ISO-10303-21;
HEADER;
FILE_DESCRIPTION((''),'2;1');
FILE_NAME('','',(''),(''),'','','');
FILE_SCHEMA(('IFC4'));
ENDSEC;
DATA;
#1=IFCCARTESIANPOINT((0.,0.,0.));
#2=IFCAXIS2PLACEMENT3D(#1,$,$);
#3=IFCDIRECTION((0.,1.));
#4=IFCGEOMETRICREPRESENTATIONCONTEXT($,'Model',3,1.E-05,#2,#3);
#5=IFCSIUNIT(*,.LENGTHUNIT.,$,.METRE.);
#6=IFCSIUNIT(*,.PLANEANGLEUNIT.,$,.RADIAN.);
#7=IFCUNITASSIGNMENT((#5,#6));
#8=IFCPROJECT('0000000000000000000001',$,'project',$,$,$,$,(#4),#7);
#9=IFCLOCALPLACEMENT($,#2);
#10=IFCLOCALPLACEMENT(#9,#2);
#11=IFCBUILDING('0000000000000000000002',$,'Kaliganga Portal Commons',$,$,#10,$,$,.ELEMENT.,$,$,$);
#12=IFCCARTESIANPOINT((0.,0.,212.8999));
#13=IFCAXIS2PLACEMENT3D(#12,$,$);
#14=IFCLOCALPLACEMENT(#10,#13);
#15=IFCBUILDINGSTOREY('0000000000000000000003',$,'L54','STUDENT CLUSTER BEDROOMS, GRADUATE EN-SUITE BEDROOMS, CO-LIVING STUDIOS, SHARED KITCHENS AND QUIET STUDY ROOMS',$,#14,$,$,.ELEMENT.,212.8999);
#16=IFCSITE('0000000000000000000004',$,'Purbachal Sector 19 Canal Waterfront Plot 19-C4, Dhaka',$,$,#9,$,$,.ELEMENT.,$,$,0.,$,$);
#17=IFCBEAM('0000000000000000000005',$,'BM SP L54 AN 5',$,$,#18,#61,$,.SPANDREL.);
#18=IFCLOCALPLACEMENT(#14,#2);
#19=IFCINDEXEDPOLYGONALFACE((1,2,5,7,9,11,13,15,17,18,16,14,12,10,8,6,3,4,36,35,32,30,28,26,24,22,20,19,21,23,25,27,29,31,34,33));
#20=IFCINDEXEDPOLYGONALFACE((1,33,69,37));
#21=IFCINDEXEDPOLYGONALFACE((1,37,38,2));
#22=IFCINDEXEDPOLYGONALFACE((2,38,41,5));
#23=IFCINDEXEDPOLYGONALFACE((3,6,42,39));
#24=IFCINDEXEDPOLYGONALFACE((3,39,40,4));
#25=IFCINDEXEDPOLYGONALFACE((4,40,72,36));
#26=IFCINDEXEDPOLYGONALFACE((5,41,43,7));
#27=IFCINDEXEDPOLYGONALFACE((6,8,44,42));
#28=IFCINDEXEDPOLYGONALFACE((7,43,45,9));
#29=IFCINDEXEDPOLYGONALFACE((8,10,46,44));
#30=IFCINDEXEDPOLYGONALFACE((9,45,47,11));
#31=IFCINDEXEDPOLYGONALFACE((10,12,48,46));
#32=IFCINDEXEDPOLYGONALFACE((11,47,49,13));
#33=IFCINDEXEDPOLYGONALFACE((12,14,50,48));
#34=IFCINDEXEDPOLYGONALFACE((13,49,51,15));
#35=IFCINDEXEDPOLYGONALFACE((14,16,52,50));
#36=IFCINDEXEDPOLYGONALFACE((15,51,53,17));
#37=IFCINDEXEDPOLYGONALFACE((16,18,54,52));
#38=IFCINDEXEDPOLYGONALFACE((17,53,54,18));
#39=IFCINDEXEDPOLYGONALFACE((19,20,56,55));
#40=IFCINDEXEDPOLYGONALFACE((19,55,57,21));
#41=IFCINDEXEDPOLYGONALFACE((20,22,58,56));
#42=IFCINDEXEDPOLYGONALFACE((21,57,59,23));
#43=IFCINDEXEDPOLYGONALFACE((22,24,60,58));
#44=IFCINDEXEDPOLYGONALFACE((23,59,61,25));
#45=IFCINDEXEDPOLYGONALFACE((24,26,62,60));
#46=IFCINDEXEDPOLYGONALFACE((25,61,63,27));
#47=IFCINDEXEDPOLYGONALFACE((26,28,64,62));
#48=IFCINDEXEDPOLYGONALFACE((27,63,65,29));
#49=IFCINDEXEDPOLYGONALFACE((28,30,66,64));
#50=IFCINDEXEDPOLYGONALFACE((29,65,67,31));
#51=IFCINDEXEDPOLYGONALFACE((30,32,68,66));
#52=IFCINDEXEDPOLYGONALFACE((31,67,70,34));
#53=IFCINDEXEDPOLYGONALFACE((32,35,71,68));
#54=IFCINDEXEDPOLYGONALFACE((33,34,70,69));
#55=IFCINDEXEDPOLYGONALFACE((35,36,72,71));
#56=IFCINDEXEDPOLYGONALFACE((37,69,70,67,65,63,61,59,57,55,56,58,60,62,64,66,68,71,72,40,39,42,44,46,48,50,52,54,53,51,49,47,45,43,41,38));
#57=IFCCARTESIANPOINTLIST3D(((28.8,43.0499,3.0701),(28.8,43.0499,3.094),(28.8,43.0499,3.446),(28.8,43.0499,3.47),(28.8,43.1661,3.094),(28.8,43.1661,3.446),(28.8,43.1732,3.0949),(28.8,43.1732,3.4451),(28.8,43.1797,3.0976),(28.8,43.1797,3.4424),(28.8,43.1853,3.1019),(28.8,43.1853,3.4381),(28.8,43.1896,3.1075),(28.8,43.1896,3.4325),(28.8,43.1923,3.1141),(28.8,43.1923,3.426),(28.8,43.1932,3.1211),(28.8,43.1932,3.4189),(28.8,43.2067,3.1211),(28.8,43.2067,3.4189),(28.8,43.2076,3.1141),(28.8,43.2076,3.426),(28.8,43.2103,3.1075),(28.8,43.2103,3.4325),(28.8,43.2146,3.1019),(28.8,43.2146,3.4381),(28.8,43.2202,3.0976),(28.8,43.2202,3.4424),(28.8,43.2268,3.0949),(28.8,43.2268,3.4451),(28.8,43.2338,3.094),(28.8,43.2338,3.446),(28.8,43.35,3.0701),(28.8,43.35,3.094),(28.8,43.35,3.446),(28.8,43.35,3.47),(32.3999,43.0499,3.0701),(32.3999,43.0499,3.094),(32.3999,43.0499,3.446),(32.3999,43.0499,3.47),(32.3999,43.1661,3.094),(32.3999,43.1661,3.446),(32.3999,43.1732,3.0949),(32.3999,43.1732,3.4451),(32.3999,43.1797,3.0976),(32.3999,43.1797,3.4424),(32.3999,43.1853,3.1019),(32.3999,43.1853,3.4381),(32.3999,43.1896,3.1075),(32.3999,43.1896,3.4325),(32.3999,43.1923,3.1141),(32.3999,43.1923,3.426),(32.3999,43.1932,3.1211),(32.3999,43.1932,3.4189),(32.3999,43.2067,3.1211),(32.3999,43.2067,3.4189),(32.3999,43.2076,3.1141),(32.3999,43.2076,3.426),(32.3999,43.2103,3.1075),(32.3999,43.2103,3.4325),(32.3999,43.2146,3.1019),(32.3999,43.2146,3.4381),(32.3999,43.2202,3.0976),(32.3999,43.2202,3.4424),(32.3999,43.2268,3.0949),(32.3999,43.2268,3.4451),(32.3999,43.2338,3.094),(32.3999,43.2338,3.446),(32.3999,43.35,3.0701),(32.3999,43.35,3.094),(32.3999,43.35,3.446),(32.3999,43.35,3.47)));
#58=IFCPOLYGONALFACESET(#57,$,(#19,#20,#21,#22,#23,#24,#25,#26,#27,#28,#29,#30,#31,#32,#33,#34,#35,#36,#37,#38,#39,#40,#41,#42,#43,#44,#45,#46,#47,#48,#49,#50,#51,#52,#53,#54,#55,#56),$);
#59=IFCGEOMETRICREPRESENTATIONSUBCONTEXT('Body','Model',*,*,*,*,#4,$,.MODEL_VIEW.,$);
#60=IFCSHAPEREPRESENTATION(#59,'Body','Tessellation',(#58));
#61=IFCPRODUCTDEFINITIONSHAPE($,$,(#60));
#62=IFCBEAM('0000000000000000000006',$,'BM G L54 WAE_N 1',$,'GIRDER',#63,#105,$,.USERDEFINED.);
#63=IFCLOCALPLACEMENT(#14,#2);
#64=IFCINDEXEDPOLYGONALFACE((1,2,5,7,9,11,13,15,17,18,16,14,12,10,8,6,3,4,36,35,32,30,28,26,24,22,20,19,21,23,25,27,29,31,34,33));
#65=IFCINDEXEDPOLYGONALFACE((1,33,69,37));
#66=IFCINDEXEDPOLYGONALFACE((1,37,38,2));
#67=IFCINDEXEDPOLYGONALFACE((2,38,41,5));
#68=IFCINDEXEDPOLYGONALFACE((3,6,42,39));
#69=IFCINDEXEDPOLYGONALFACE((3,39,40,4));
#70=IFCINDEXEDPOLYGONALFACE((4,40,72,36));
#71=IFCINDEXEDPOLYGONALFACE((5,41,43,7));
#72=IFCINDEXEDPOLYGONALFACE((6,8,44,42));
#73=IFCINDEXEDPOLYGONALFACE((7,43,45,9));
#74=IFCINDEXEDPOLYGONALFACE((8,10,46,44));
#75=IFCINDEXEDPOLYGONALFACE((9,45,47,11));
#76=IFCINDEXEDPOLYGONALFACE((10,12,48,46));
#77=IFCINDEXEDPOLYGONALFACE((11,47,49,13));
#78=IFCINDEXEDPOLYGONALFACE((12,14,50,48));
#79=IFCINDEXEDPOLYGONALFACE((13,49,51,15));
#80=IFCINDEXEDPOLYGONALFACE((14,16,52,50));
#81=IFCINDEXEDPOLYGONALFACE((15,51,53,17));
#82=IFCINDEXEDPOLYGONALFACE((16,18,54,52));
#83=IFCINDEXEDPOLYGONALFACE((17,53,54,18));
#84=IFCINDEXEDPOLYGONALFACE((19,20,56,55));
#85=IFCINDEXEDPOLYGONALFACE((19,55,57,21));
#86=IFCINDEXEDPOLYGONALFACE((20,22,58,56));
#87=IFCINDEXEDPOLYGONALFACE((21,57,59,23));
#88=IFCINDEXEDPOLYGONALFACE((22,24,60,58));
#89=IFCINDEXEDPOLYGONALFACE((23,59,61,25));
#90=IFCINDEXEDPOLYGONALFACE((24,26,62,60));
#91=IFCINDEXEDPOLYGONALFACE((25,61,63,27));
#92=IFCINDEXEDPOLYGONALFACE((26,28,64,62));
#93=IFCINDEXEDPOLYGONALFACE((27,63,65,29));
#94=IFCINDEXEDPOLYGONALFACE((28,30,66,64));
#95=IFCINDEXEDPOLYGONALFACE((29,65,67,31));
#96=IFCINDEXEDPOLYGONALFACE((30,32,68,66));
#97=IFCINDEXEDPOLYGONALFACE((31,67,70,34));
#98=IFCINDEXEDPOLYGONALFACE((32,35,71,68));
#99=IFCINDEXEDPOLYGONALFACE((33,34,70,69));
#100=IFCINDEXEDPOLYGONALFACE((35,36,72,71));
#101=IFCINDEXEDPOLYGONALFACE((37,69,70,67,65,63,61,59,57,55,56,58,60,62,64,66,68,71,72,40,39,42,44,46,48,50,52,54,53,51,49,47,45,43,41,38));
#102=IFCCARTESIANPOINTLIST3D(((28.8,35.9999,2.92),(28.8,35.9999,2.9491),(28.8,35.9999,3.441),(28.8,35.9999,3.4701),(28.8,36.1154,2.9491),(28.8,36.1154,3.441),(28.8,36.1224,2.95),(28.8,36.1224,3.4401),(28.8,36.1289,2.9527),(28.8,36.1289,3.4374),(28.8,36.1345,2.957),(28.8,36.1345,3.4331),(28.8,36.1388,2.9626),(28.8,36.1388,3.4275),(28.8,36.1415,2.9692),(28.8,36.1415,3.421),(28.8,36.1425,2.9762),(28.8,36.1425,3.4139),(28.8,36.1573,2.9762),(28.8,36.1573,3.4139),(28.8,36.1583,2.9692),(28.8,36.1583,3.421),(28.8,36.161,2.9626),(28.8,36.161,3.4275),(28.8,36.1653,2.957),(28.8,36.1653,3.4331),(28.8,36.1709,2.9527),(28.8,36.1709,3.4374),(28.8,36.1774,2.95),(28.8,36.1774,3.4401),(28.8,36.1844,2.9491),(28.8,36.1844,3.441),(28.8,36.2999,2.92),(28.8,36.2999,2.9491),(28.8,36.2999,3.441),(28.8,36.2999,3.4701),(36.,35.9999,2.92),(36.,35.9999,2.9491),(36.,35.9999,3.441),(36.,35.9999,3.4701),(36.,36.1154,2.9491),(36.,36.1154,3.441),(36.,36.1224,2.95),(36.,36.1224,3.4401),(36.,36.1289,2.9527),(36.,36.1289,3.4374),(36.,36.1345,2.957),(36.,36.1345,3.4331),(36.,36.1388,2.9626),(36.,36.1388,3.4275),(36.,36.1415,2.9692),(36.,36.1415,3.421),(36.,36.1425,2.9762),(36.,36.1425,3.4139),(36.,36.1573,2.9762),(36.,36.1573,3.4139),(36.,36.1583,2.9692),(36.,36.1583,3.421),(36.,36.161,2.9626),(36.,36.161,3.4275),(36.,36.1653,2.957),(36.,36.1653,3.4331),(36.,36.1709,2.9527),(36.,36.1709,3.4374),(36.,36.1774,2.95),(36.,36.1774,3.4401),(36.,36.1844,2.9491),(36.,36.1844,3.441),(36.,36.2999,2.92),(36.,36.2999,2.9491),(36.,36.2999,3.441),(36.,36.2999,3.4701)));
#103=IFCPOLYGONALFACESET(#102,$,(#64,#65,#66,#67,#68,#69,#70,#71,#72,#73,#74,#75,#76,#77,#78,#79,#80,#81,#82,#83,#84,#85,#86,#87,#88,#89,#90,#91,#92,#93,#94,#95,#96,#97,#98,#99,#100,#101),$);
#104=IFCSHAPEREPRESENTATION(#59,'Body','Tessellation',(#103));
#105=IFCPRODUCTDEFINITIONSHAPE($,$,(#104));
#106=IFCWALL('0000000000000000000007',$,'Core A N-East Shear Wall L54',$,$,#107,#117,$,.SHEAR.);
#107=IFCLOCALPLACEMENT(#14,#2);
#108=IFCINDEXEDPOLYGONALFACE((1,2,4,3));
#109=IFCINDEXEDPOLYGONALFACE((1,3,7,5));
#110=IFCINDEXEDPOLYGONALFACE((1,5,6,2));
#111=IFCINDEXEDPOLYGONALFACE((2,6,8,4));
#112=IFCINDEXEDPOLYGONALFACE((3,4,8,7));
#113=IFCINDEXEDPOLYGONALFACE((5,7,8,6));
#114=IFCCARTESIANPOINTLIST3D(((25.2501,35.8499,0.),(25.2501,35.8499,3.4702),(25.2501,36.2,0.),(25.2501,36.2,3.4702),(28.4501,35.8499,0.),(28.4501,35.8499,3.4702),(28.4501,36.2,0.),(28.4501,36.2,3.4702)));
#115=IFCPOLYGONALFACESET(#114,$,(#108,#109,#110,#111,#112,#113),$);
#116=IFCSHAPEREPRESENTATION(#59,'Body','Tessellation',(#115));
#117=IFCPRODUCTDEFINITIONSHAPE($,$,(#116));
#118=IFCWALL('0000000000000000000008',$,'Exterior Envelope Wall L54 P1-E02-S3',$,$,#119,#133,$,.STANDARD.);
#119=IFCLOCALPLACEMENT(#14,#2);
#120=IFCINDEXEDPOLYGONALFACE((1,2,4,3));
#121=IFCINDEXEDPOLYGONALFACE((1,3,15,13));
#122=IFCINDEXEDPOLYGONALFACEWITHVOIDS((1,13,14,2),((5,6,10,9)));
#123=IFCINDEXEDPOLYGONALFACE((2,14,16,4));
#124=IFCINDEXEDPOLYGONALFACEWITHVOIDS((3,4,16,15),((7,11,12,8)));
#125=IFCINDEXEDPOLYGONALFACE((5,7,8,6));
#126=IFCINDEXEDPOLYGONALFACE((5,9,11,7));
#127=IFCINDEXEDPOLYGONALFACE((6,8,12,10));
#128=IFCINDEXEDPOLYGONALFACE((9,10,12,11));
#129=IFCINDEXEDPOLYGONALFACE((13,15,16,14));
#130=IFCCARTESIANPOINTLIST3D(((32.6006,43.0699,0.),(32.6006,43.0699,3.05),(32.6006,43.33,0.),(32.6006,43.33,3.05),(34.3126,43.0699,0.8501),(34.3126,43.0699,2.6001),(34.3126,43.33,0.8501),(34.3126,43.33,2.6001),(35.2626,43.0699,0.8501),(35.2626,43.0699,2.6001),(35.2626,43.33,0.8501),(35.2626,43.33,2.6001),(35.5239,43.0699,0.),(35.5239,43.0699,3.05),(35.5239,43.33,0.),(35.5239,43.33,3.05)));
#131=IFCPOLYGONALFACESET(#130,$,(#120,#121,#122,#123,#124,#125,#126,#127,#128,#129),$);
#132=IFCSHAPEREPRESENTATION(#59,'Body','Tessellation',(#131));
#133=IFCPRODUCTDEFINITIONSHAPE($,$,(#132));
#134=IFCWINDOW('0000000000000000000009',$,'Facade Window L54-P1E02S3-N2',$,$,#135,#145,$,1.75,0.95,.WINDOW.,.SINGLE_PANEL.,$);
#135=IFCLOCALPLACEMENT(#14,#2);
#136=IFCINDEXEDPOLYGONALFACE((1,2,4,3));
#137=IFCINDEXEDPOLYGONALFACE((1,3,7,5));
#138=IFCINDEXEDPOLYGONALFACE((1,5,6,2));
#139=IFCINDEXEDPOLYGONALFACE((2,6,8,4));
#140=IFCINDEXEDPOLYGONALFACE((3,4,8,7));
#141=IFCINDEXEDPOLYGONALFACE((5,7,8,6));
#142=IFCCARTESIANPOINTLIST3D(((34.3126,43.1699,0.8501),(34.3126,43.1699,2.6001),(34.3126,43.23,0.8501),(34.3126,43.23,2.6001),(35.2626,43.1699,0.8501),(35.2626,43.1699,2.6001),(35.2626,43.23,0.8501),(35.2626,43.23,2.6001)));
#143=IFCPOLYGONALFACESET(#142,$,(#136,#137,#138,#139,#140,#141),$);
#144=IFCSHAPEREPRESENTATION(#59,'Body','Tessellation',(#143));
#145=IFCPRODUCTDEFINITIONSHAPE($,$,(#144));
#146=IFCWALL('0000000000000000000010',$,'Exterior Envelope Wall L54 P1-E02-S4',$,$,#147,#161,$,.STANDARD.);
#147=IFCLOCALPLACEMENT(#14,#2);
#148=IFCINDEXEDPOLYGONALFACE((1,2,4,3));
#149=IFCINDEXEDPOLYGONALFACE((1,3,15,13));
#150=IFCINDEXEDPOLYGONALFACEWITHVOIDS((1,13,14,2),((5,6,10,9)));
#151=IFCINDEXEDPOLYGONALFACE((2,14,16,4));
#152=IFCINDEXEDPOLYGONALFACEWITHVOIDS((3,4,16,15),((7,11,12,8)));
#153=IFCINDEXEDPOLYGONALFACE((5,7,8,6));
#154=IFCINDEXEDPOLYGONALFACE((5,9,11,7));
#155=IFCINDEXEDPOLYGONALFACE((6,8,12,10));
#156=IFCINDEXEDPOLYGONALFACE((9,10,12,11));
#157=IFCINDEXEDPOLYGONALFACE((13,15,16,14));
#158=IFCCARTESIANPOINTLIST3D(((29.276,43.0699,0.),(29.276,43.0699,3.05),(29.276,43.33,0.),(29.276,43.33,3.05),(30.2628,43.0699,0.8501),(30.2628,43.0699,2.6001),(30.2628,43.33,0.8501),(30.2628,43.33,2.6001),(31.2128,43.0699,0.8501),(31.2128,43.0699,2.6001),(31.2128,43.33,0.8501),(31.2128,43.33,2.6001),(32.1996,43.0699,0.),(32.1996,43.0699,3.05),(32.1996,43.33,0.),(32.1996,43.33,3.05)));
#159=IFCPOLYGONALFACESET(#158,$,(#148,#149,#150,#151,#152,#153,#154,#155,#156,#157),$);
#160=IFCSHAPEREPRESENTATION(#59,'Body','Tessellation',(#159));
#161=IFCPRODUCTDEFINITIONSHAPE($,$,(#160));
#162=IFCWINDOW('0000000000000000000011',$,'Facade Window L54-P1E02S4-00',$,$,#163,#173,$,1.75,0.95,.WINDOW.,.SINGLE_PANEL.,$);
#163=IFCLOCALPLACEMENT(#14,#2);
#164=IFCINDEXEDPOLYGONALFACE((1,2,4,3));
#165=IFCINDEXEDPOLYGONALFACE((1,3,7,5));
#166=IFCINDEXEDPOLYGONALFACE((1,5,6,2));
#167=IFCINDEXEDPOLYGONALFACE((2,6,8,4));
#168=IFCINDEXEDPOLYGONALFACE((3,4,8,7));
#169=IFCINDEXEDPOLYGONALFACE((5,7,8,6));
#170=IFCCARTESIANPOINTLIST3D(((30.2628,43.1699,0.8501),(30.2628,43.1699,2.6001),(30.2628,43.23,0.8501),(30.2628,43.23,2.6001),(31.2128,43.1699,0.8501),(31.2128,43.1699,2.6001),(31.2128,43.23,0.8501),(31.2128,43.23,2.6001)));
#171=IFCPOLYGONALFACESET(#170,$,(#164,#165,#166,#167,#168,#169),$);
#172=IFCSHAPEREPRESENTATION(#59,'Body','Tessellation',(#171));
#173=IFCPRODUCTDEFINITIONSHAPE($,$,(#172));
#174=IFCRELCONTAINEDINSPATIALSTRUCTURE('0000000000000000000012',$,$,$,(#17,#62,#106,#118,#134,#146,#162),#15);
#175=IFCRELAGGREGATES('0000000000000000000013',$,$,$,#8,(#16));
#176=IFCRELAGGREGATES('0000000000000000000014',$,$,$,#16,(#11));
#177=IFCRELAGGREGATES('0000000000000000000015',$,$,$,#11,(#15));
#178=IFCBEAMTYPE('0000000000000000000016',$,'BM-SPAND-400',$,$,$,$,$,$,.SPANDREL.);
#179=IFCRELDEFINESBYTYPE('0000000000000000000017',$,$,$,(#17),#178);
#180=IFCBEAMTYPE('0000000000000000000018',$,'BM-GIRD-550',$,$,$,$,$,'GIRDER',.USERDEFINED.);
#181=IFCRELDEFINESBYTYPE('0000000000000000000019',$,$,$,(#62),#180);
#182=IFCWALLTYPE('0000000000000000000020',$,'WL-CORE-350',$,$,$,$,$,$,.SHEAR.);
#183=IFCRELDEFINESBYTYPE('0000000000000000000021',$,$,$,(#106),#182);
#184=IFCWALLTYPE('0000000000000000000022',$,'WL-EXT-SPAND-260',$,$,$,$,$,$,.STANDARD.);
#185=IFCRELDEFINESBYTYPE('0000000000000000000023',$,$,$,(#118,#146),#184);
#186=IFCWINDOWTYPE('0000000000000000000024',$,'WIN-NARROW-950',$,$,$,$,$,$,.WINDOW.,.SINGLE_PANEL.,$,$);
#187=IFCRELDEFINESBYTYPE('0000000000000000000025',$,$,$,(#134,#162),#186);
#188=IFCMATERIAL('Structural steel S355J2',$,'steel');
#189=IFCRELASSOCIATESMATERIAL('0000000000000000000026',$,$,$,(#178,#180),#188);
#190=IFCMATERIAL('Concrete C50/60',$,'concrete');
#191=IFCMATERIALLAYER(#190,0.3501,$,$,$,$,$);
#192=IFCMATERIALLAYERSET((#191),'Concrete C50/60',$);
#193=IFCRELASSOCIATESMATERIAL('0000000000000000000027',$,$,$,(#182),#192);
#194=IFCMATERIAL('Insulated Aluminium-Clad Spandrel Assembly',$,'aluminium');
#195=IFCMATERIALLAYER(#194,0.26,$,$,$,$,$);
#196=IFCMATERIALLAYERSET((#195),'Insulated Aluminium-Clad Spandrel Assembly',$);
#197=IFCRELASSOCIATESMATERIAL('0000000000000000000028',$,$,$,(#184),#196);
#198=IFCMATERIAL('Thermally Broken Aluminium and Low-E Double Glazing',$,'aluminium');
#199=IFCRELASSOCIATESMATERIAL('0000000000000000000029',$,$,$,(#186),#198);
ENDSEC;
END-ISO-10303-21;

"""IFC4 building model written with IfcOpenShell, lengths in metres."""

from ifc_helpers import new_model, si_unit, direction, frame, frame_2d, origin, origin_2d, place, context, subcontext, project, spatial, rectangle, i_section, extrude, source, transform, mapped, material, layer, layer_set, material_profile, profile_set, type_object, element, fill, save


model = new_model("IFC4")

# Units and contexts
model_context = context("Model", 3, precision=1e-05, world=origin(), true_north=direction((0.0, 1.0)))
body_context = subcontext(model_context, "Body", "Model", "MODEL_VIEW")
ifc_project = project(units=[si_unit("LENGTHUNIT", "METRE"), si_unit("PLANEANGLEUNIT", "RADIAN")], contexts=[model_context])

# Site, building, storey
site_placement = place(None, origin())
site = spatial("IfcSite", under=ifc_project, at=site_placement, Name="Purbachal Sector 19 Canal Waterfront Plot 19-C4, Dhaka", CompositionType="ELEMENT", RefElevation=0.0)
building_placement = place(site_placement, origin())
building = spatial("IfcBuilding", under=site, at=building_placement, Name="Kaliganga Portal Commons", CompositionType="ELEMENT")
storey_placement = place(building_placement, frame((0.0, 0.0, 212.8999)))
storey = spatial("IfcBuildingStorey", under=building, at=storey_placement, Name="L54", Description="STUDENT CLUSTER BEDROOMS, GRADUATE EN-SUITE BEDROOMS, CO-LIVING STUDIOS, SHARED KITCHENS AND QUIET STUDY ROOMS", CompositionType="ELEMENT", Elevation=212.8999)

# Shared definitions
ifc_material_1 = material(Name="Concrete C50/60", Category="concrete")
ifc_material_2 = material(Name="Structural steel S355J2", Category="steel")

# Beams
ifc_material_profile_1 = material_profile(ifc_material_2, i_section(OverallWidth=0.3, OverallDepth=0.3999, WebThickness=0.0134, FlangeThickness=0.0239, FilletRadius=0.0271, at=origin_2d()), Name="HE 400 B")
ifc_profile_set_1 = profile_set([ifc_material_profile_1], Name="Structural steel S355J2 wide-flange")
beam_type_1 = type_object("IfcBeamType", Name="BM-SPAND-400", PredefinedType="SPANDREL", material=ifc_profile_set_1)
shared_shape_1 = source(origin(), body_context, "Body", "SweptSolid", [
    extrude(i_section(OverallWidth=0.3, OverallDepth=0.3999, WebThickness=0.0134, FlangeThickness=0.0239, FilletRadius=0.0271, at=origin_2d()), origin(), (0.0, 0.0, 1.0), 3.5999),
])
for number, where, z_axis, x_axis, name in (
    (1, (28.8, 43.2, 3.27), (1.0, 0.0, 0.0), (0.0, 1.0, 0.0), "BM SP L54 AN 5"),
):
    element("IfcBeam", number, at=place(storey_placement, frame(where, z_axis=z_axis, x_axis=x_axis)), inside=storey, type_object=beam_type_1, Name=name, PredefinedType="SPANDREL", context=body_context, shape_type="MappedRepresentation", body=[
        mapped(shared_shape_1, transform((0.0, 0.0, 0.0), x_axis=(1.0, 0.0, 0.0), y_axis=(0.0, 1.0, 0.0), z_axis=(0.0, 0.0, 1.0), scale=1.0)),
    ])
ifc_material_profile_2 = material_profile(ifc_material_2, i_section(OverallWidth=0.3, OverallDepth=0.55, WebThickness=0.0149, FlangeThickness=0.0291, FilletRadius=0.0271, at=origin_2d()), Name="HE 550 B")
ifc_profile_set_2 = profile_set([ifc_material_profile_2], Name="Structural steel S355J2 wide-flange")
beam_type_2 = type_object("IfcBeamType", Name="BM-GIRD-550", ElementType="GIRDER", PredefinedType="USERDEFINED", material=ifc_profile_set_2)
shared_shape_2 = source(origin(), body_context, "Body", "SweptSolid", [
    extrude(i_section(OverallWidth=0.3, OverallDepth=0.55, WebThickness=0.0149, FlangeThickness=0.0291, FilletRadius=0.0271, at=origin_2d()), origin(), (0.0, 0.0, 1.0), 7.2),
])
beam_1_placement = place(storey_placement, frame((28.8, 36.1499, 3.1951), z_axis=(1.0, 0.0, 0.0), x_axis=(0.0, 1.0, 0.0)))
element("IfcBeam", 2, at=beam_1_placement, inside=storey, type_object=beam_type_2, Name="BM G L54 WAE_N 1", ObjectType="GIRDER", PredefinedType="USERDEFINED", context=body_context, shape_type="MappedRepresentation", body=[
    mapped(shared_shape_2, transform((0.0, 0.0, 0.0), x_axis=(1.0, 0.0, 0.0), y_axis=(0.0, 1.0, 0.0), z_axis=(0.0, 0.0, 1.0), scale=1.0)),
])

# Wall
ifc_layer_1 = layer(ifc_material_1, 0.3501)
ifc_layer_set_1 = layer_set([ifc_layer_1], Name="Concrete C50/60")
wall_type_1 = type_object("IfcWallType", Name="WL-CORE-350", PredefinedType="SHEAR", material=ifc_layer_set_1)
wall_1_placement = place(storey_placement, frame((25.25, 36.0249, 0.0), z_axis=(0.0, 0.0, 1.0), x_axis=(1.0, 0.0, 0.0)))
element("IfcWall", 3, at=wall_1_placement, inside=storey, type_object=wall_type_1, Name="Core A N-East Shear Wall L54", PredefinedType="SHEAR", context=body_context, shape_type="SweptSolid", body=[
    extrude(rectangle(XDim=3.2, YDim=0.3501, at=frame_2d((1.6001, 0.0))), origin(), (0.0, 0.0, 1.0), 3.4702),
])

# Walls, openings, windows
ifc_material_3 = material(Name="Insulated Aluminium-Clad Spandrel Assembly", Category="aluminium")
ifc_layer_2 = layer(ifc_material_3, 0.26)
ifc_layer_set_2 = layer_set([ifc_layer_2], Name="Insulated Aluminium-Clad Spandrel Assembly")
wall_type_2 = type_object("IfcWallType", Name="WL-EXT-SPAND-260", PredefinedType="STANDARD", material=ifc_layer_set_2)
wall_2_placement = place(storey_placement, frame((32.6006, 43.2, 0.0), z_axis=(0.0, 0.0, 1.0), x_axis=(1.0, 0.0, 0.0)))
wall_2 = element("IfcWall", 4, at=wall_2_placement, inside=storey, type_object=wall_type_2, Name="Exterior Envelope Wall L54 P1-E02-S3", PredefinedType="STANDARD", context=body_context, shape_type="SweptSolid", body=[
    extrude(rectangle(XDim=2.9233, YDim=0.26, at=frame_2d((1.4617, 0.0))), origin(), (0.0, 0.0, 1.0), 3.05),
])
opening_1_placement = place(wall_2_placement, frame((1.7119, 0.0, 0.8501)))
opening_1 = element("IfcOpeningElement", 5, at=opening_1_placement, cuts=wall_2, PredefinedType="OPENING", context=body_context, shape_type="SweptSolid", body=[
    extrude(rectangle(XDim=0.95, YDim=1.75, at=frame_2d((0.4751, 0.875))), frame((0.0, 0.1401, 0.0), z_axis=(0.0, -1.0, 0.0), x_axis=(1.0, 0.0, 0.0)), (0.0, 0.0, 1.0), 0.28),
])
ifc_material_4 = material(Name="Thermally Broken Aluminium and Low-E Double Glazing", Category="aluminium")
window_type = type_object("IfcWindowType", Name="WIN-NARROW-950", PartitioningType="SINGLE_PANEL", PredefinedType="WINDOW", material=ifc_material_4)
window_1_placement = place(opening_1_placement, origin())
window_1 = element("IfcWindow", 6, at=window_1_placement, inside=storey, type_object=window_type, Name="Facade Window L54-P1E02S3-N2", OverallHeight=1.75, OverallWidth=0.95, PartitioningType="SINGLE_PANEL", PredefinedType="WINDOW", context=body_context, shape_type="SweptSolid", body=[
    extrude(rectangle(XDim=0.95, YDim=1.75, at=frame_2d((0.4751, 0.875))), frame((0.0, 0.03, 0.0), z_axis=(0.0, -1.0, 0.0), x_axis=(1.0, 0.0, 0.0)), (0.0, 0.0, 1.0), 0.0601),
])
fill(opening_1, window_1)
wall_3_placement = place(storey_placement, frame((29.2759, 43.2, 0.0), z_axis=(0.0, 0.0, 1.0), x_axis=(1.0, 0.0, 0.0)))
wall_3 = element("IfcWall", 7, at=wall_3_placement, inside=storey, type_object=wall_type_2, Name="Exterior Envelope Wall L54 P1-E02-S4", PredefinedType="STANDARD", context=body_context, shape_type="SweptSolid", body=[
    extrude(rectangle(XDim=2.9236, YDim=0.26, at=frame_2d((1.4619, 0.0))), origin(), (0.0, 0.0, 1.0), 3.05),
])
opening_2_placement = place(wall_3_placement, frame((0.9868, 0.0, 0.8501)))
opening_2 = element("IfcOpeningElement", 8, at=opening_2_placement, cuts=wall_3, PredefinedType="OPENING", context=body_context, shape_type="SweptSolid", body=[
    extrude(rectangle(XDim=0.95, YDim=1.75, at=frame_2d((0.4751, 0.875))), frame((0.0, 0.1401, 0.0), z_axis=(0.0, -1.0, 0.0), x_axis=(1.0, 0.0, 0.0)), (0.0, 0.0, 1.0), 0.28),
])
window_2_placement = place(opening_2_placement, origin())
window_2 = element("IfcWindow", 9, at=window_2_placement, inside=storey, type_object=window_type, Name="Facade Window L54-P1E02S4-00", OverallHeight=1.75, OverallWidth=0.95, PartitioningType="SINGLE_PANEL", PredefinedType="WINDOW", context=body_context, shape_type="SweptSolid", body=[
    extrude(rectangle(XDim=0.95, YDim=1.75, at=frame_2d((0.4751, 0.875))), frame((0.0, 0.03, 0.0), z_axis=(0.0, -1.0, 0.0), x_axis=(1.0, 0.0, 0.0)), (0.0, 0.0, 1.0), 0.0601),
])
fill(opening_2, window_2)

save(model, "model.ifc")
